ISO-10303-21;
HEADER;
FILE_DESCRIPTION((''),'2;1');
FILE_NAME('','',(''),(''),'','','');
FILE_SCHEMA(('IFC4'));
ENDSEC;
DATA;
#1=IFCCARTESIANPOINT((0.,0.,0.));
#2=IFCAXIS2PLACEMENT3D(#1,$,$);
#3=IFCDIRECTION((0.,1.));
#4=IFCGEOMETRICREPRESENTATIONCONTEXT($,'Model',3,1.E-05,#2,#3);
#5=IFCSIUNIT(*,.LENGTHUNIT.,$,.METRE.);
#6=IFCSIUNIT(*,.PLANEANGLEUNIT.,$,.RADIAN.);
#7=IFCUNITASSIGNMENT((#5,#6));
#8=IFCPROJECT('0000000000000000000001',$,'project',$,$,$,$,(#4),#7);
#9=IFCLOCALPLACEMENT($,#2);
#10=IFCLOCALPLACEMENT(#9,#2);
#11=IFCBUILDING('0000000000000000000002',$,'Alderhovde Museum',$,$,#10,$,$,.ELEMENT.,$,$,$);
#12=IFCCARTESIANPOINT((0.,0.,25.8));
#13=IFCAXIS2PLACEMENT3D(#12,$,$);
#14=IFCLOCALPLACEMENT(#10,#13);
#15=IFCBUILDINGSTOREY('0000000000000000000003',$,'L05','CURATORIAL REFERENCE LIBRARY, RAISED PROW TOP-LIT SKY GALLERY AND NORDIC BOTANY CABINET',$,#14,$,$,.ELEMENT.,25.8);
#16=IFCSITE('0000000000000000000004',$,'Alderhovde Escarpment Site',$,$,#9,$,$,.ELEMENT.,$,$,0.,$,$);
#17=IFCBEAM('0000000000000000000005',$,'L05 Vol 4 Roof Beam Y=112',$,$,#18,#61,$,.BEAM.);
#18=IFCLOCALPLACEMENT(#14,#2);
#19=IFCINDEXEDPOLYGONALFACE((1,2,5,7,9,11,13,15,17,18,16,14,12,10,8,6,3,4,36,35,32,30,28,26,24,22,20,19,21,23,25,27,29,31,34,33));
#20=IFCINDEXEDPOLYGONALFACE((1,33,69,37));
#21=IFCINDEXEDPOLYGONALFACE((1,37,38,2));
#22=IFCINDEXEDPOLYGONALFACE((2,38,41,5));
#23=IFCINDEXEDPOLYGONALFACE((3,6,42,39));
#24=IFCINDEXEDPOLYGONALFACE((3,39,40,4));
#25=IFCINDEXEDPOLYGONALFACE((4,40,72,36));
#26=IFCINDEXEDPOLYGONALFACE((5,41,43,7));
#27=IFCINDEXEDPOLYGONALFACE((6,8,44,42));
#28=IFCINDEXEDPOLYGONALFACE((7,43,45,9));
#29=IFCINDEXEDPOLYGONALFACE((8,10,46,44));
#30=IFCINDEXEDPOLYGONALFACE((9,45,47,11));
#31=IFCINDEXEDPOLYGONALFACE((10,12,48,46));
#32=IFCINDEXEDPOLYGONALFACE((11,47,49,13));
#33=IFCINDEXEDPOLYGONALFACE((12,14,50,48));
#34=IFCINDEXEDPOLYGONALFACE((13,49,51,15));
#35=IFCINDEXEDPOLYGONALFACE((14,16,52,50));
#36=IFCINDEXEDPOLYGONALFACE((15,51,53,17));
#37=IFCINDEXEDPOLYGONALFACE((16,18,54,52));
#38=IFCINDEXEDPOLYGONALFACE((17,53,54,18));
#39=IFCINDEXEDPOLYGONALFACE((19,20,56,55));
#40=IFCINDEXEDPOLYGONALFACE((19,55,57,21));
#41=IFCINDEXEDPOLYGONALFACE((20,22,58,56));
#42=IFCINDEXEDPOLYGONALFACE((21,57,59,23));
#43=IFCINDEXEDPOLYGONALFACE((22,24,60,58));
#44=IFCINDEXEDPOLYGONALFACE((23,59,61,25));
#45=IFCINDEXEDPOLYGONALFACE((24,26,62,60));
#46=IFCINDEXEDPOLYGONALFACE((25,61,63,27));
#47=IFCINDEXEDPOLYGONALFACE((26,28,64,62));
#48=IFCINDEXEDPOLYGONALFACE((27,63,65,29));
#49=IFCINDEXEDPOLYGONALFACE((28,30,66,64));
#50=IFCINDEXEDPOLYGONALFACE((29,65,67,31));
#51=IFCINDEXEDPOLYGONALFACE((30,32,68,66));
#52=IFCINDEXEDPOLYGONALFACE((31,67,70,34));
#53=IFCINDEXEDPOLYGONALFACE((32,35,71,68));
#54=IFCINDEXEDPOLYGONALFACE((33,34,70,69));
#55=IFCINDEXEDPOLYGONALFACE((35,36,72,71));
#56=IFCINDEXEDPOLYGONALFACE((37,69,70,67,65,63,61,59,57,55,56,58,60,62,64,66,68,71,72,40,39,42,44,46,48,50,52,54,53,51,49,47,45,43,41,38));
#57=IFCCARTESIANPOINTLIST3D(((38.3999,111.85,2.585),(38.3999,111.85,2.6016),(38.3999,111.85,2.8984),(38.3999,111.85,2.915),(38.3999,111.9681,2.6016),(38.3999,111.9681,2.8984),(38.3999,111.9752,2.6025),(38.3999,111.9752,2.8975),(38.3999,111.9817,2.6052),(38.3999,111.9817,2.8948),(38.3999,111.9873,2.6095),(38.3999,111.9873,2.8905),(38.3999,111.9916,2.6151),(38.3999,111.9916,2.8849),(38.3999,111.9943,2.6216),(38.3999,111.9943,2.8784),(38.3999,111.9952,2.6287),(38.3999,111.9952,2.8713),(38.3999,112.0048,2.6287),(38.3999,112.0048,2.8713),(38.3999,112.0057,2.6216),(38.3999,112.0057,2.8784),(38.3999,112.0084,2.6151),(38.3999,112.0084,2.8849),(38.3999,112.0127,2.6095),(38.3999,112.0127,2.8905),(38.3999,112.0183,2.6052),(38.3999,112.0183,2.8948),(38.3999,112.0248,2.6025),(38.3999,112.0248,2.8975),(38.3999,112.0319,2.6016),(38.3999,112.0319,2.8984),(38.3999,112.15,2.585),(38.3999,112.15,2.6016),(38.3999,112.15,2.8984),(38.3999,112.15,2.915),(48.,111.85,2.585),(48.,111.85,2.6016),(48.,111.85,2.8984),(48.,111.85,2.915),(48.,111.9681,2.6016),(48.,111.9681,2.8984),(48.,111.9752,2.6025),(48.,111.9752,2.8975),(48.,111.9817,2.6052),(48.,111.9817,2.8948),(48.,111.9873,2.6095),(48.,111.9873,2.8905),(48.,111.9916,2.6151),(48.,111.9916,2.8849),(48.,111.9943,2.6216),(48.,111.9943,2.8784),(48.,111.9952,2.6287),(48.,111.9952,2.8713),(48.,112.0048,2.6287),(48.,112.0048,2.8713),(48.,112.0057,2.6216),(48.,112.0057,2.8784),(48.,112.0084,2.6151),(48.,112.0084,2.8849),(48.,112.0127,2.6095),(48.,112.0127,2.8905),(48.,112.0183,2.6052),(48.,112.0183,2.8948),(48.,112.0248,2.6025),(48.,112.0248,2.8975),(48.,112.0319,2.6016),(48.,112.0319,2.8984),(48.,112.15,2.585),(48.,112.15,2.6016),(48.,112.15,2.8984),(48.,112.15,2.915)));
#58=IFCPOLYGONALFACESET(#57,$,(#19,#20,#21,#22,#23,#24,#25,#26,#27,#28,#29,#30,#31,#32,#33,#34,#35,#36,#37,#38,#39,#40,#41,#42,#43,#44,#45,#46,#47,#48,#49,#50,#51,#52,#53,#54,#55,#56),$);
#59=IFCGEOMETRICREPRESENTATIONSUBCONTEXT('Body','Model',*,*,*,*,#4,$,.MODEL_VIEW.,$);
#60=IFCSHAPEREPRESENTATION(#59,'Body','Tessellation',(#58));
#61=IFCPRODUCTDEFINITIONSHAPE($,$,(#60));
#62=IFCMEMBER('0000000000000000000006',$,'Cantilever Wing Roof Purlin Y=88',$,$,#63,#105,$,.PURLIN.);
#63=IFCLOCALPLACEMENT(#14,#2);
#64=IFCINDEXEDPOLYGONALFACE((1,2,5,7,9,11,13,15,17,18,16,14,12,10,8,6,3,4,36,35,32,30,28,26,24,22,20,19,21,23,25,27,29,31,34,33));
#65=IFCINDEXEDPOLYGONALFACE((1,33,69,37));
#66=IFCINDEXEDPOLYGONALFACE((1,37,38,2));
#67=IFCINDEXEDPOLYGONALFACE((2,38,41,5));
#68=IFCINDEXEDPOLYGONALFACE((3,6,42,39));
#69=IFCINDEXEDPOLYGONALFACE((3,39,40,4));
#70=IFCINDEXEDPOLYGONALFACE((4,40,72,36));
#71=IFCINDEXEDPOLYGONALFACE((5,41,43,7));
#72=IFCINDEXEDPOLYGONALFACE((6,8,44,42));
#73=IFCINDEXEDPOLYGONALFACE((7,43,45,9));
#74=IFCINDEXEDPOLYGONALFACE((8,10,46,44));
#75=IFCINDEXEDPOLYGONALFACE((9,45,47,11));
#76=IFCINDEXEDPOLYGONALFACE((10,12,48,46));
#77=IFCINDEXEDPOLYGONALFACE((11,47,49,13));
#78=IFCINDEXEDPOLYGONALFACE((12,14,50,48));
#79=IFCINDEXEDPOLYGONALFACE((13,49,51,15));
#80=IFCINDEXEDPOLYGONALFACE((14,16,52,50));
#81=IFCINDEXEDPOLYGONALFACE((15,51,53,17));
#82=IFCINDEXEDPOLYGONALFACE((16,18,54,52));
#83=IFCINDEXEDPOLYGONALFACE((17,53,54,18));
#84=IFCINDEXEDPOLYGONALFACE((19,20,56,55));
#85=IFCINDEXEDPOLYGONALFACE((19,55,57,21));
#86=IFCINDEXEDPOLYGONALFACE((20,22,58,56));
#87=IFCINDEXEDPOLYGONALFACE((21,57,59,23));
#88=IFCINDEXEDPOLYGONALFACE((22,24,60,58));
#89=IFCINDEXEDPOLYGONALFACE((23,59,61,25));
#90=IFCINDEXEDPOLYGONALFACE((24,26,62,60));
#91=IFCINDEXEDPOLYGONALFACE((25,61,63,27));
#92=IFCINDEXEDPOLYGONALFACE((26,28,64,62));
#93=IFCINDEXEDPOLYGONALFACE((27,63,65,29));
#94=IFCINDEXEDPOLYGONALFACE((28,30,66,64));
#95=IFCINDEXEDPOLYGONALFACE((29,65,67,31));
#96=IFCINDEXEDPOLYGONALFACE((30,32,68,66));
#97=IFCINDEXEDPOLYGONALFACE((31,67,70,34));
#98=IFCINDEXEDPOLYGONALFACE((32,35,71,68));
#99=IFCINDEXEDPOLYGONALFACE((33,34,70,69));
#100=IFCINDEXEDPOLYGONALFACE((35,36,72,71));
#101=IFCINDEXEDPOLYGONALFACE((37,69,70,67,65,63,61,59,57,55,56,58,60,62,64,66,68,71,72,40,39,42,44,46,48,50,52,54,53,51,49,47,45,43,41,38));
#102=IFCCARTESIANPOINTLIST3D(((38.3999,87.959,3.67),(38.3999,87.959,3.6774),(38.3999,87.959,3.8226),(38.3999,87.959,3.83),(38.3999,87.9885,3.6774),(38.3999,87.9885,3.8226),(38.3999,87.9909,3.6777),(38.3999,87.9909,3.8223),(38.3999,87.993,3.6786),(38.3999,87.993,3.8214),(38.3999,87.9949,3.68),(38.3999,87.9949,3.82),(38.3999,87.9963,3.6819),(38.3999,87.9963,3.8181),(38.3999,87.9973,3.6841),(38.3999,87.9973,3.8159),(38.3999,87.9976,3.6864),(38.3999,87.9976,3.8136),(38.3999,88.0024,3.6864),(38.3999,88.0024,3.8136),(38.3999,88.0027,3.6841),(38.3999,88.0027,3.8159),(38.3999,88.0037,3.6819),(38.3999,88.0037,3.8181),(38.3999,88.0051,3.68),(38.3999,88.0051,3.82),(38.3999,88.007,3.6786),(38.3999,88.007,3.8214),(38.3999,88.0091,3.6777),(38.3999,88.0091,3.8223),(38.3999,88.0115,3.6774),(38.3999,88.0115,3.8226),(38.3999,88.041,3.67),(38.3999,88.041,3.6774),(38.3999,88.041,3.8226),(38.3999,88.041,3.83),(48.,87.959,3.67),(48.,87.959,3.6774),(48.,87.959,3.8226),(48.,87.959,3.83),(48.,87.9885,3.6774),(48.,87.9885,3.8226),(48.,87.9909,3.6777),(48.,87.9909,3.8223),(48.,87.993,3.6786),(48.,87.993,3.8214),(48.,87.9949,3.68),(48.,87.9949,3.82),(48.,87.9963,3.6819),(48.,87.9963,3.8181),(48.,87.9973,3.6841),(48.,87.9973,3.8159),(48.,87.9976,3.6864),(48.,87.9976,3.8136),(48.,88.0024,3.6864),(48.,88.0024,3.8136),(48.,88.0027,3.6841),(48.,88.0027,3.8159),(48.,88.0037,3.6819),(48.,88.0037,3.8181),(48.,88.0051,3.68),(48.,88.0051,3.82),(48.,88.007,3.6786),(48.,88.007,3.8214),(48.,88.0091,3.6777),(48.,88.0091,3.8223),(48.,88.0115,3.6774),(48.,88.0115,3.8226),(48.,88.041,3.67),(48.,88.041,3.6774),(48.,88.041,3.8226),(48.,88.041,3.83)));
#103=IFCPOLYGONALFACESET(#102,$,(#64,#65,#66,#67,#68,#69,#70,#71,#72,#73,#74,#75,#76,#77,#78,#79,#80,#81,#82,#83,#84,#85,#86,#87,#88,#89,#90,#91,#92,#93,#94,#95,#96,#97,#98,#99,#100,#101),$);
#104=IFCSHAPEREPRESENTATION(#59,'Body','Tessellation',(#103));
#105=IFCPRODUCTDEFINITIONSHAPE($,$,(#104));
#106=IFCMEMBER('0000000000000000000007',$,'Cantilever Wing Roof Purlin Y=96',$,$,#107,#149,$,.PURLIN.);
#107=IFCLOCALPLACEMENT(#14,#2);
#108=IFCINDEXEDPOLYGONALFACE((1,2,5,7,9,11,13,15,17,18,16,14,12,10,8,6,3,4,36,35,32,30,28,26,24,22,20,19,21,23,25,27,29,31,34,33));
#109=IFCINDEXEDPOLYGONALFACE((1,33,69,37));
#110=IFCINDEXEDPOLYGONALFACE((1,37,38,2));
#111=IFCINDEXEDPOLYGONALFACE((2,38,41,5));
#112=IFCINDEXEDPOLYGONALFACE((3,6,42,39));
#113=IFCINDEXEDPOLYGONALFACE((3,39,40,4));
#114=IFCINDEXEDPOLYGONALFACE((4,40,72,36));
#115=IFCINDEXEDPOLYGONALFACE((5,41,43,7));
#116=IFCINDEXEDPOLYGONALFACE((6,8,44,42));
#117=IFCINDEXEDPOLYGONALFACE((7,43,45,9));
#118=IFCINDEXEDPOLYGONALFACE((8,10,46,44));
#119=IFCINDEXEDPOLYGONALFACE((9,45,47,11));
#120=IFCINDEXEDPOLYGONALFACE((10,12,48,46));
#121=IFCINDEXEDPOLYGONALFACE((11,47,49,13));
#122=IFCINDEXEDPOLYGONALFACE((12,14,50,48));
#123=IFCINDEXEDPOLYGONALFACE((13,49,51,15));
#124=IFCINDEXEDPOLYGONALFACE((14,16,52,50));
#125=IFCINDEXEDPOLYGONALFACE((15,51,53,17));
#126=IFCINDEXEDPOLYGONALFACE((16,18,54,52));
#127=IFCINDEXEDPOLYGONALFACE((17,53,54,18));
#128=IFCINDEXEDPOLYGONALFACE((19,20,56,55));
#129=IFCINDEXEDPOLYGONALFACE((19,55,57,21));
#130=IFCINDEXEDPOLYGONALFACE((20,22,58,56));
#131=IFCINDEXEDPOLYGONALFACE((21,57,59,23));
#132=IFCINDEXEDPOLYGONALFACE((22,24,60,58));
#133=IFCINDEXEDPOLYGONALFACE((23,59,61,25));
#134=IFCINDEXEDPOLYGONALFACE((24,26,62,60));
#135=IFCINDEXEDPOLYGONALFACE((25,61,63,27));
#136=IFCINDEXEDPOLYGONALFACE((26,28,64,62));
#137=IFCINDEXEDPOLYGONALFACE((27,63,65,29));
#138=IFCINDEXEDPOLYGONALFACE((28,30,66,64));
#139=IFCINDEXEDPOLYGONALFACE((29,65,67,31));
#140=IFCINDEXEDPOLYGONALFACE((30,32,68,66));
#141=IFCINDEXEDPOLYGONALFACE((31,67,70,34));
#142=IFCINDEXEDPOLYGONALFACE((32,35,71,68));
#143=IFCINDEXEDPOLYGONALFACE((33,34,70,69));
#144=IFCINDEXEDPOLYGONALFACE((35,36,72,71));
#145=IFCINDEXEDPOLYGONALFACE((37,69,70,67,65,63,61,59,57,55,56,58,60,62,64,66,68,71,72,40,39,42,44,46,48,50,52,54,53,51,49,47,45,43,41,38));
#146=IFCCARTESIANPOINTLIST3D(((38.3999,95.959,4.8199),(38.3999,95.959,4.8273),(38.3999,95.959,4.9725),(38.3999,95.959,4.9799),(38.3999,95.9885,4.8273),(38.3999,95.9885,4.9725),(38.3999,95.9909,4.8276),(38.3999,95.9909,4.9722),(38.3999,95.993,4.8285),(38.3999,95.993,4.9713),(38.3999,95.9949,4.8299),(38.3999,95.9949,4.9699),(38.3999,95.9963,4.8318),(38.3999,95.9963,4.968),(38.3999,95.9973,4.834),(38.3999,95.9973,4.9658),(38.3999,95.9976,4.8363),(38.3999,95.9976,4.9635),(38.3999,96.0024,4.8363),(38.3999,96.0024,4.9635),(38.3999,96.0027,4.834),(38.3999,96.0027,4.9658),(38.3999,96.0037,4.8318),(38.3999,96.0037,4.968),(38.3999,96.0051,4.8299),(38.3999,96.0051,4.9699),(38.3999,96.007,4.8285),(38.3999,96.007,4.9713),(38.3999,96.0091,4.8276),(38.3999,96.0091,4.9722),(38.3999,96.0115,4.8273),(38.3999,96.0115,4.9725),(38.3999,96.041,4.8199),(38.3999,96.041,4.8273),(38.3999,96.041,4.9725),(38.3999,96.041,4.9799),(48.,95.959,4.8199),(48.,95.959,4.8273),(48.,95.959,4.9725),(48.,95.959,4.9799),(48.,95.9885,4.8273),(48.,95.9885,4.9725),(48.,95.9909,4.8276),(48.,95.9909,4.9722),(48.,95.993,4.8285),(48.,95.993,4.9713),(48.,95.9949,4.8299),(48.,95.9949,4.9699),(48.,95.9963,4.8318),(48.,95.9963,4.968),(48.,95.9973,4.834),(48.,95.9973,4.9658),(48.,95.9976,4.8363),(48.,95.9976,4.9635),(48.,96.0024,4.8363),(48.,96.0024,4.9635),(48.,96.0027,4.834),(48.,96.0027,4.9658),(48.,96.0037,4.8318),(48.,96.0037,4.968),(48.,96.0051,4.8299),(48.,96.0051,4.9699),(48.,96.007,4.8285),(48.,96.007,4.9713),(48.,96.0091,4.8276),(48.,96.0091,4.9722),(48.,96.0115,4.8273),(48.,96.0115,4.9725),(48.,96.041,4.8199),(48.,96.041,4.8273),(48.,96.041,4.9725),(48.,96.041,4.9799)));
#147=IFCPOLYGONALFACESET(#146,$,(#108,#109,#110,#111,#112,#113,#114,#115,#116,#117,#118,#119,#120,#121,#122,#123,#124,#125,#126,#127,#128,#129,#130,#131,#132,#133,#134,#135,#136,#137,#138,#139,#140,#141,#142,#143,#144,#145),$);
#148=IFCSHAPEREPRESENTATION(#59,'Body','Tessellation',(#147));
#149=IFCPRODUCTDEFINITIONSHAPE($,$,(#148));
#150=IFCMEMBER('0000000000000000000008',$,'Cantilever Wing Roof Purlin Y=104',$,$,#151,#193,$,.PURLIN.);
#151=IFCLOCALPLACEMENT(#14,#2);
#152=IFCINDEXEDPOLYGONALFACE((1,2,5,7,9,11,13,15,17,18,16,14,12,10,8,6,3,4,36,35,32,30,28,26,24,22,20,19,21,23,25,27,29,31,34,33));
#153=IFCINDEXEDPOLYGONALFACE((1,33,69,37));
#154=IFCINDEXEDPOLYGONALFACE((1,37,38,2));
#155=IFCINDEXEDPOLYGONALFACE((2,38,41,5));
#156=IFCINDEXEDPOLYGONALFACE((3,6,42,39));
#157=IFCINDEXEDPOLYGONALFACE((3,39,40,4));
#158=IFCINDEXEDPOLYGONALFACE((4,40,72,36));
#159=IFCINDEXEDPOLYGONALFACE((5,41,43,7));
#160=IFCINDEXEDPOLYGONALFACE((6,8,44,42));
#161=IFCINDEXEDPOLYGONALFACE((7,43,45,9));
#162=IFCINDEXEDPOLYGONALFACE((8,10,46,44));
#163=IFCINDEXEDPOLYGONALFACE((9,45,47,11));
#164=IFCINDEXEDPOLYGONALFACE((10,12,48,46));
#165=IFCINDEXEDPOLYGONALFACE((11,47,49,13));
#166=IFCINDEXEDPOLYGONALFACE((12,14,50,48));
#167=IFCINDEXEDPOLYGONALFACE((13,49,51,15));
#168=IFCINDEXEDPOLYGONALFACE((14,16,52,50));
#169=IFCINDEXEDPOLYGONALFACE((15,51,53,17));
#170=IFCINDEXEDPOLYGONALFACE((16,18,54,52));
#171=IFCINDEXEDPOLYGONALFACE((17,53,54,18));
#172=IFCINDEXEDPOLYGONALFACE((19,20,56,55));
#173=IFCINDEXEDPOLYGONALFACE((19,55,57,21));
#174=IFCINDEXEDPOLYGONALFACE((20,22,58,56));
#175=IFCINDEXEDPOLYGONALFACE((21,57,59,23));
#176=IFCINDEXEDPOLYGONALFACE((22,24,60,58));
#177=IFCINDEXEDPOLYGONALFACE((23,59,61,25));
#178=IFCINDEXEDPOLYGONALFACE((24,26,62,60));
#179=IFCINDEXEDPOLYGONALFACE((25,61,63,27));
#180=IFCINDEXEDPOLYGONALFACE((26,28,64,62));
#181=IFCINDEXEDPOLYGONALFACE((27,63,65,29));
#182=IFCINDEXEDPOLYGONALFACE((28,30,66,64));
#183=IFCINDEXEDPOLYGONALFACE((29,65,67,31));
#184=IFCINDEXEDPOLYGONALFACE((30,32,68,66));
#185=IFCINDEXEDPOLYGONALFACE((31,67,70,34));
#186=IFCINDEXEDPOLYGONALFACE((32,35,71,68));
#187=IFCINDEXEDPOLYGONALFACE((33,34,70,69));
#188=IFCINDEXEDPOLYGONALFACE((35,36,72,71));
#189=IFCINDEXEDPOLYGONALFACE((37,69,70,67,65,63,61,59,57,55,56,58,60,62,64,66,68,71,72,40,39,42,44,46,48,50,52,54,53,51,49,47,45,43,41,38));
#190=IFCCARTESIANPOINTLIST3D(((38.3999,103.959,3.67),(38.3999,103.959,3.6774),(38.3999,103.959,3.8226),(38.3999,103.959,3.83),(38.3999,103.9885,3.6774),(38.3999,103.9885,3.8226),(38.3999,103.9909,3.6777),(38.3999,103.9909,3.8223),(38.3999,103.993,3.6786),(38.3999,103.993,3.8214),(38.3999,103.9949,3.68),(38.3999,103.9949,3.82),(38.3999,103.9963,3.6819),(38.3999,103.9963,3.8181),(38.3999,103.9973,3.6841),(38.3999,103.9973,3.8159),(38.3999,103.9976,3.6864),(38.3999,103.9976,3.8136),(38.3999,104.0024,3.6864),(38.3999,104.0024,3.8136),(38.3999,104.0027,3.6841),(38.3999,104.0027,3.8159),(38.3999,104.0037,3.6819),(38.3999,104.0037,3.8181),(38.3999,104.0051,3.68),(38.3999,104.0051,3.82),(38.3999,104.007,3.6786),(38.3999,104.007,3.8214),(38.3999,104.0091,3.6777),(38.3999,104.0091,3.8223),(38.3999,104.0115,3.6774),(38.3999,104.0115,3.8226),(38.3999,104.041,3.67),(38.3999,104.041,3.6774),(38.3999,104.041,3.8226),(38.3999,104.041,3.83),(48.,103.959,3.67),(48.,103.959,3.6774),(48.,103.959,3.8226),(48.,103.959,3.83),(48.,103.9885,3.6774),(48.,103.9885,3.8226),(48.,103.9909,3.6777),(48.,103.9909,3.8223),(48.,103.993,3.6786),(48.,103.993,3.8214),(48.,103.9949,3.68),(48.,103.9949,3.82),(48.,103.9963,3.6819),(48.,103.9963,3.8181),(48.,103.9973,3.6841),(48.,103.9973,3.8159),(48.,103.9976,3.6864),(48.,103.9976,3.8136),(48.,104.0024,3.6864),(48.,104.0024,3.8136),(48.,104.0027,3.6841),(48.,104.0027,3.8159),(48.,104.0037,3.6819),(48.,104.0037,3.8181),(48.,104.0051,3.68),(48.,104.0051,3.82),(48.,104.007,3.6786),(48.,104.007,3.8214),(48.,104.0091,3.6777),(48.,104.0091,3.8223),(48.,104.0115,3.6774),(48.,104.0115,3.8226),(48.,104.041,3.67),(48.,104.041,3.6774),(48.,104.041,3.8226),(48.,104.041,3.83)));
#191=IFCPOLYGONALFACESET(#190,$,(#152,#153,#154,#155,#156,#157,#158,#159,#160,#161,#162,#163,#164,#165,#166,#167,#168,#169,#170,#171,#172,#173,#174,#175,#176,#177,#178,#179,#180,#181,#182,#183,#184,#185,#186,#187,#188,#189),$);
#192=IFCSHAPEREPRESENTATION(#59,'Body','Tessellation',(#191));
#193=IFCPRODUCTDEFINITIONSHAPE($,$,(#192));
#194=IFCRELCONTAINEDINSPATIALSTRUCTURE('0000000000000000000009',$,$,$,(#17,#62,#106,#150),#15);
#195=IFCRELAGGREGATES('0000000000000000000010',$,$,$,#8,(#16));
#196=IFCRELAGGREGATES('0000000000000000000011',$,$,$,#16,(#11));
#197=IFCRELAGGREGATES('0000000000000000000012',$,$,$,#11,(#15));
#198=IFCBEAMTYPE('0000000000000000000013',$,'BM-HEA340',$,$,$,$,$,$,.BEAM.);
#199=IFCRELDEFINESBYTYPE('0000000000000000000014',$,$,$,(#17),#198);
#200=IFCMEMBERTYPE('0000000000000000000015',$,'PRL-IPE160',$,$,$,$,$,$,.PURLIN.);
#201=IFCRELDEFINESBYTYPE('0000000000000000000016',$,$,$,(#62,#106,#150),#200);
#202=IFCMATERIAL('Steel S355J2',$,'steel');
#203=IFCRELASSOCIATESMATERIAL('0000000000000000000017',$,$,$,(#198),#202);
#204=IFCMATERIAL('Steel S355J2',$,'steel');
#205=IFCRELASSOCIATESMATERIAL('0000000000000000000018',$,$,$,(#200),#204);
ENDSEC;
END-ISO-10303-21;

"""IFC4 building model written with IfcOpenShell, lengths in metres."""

from ifc_helpers import new_model, si_unit, direction, frame, origin, origin_2d, place, context, subcontext, project, spatial, i_section, extrude, material, material_profile, profile_set, type_object, element, save


model = new_model("IFC4")

# Units and contexts
model_context = context("Model", 3, precision=1e-05, world=origin(), true_north=direction((0.0, 1.0)))
body_context = subcontext(model_context, "Body", "Model", "MODEL_VIEW")
ifc_project = project(units=[si_unit("LENGTHUNIT", "METRE"), si_unit("PLANEANGLEUNIT", "RADIAN")], contexts=[model_context])

# Site, building, storey
site_placement = place(None, origin())
site = spatial("IfcSite", under=ifc_project, at=site_placement, Name="Alderhovde Escarpment Site", CompositionType="ELEMENT", RefElevation=0.0)
building_placement = place(site_placement, origin())
building = spatial("IfcBuilding", under=site, at=building_placement, Name="Alderhovde Museum", CompositionType="ELEMENT")
storey_placement = place(building_placement, frame((0.0, 0.0, 25.8)))
storey = spatial("IfcBuildingStorey", under=building, at=storey_placement, Name="L05", Description="CURATORIAL REFERENCE LIBRARY, RAISED PROW TOP-LIT SKY GALLERY AND NORDIC BOTANY CABINET", CompositionType="ELEMENT", Elevation=25.8)

# Beam
ifc_material_1 = material(Name="Steel S355J2", Category="steel")
ifc_material_profile_1 = material_profile(ifc_material_1, i_section(OverallWidth=0.3, OverallDepth=0.3301, WebThickness=0.0095, FlangeThickness=0.0166, FilletRadius=0.0271, at=origin_2d()), Name="HEA 340")
ifc_profile_set_1 = profile_set([ifc_material_profile_1], Name="Steel S355J2")
beam_type_1 = type_object("IfcBeamType", Name="BM-HEA340", PredefinedType="BEAM", material=ifc_profile_set_1)
for number, where, z_axis, x_axis, name in (
    (1, (38.3999, 112.0, 2.75), (1.0, 0.0, 0.0), (0.0, 1.0, 0.0), "L05 Vol 4 Roof Beam Y=112"),
):
    element("IfcBeam", number, at=place(storey_placement, frame(where, z_axis=z_axis, x_axis=x_axis)), inside=storey, type_object=beam_type_1, Name=name, PredefinedType="BEAM", context=body_context, shape_type="SweptSolid", body=[
        extrude(i_section(OverallWidth=0.3, OverallDepth=0.3301, WebThickness=0.0095, FlangeThickness=0.0166, FilletRadius=0.0271, at=origin_2d()), origin(), (0.0, 0.0, 1.0), 9.6001),
    ])

# Members
ifc_material_2 = material(Name="Steel S355J2", Category="steel")
ifc_material_profile_2 = material_profile(ifc_material_2, i_section(OverallWidth=0.082, OverallDepth=0.1599, WebThickness=0.0049, FlangeThickness=0.0073, FilletRadius=0.009, at=origin_2d()), Name="IPE 160")
ifc_profile_set_2 = profile_set([ifc_material_profile_2], Name="Steel S355J2")
member_type = type_object("IfcMemberType", Name="PRL-IPE160", PredefinedType="PURLIN", material=ifc_profile_set_2)
for number, where, z_axis, x_axis, name in (
    (2, (38.3999, 88.0, 3.75), (1.0, 0.0, 0.0), (0.0, 1.0, 0.0), "Cantilever Wing Roof Purlin Y=88"),
    (3, (38.3999, 96.0, 4.8999), (1.0, 0.0, 0.0), (0.0, 1.0, 0.0), "Cantilever Wing Roof Purlin Y=96"),
    (4, (38.3999, 104.0, 3.75), (1.0, 0.0, 0.0), (0.0, 1.0, 0.0), "Cantilever Wing Roof Purlin Y=104"),
):
    element("IfcMember", number, at=place(storey_placement, frame(where, z_axis=z_axis, x_axis=x_axis)), inside=storey, type_object=member_type, Name=name, PredefinedType="PURLIN", context=body_context, shape_type="SweptSolid", body=[
        extrude(i_section(OverallWidth=0.082, OverallDepth=0.1599, WebThickness=0.0049, FlangeThickness=0.0073, FilletRadius=0.009, at=origin_2d()), origin(), (0.0, 0.0, 1.0), 9.6001),
    ])

save(model, "model.ifc")
